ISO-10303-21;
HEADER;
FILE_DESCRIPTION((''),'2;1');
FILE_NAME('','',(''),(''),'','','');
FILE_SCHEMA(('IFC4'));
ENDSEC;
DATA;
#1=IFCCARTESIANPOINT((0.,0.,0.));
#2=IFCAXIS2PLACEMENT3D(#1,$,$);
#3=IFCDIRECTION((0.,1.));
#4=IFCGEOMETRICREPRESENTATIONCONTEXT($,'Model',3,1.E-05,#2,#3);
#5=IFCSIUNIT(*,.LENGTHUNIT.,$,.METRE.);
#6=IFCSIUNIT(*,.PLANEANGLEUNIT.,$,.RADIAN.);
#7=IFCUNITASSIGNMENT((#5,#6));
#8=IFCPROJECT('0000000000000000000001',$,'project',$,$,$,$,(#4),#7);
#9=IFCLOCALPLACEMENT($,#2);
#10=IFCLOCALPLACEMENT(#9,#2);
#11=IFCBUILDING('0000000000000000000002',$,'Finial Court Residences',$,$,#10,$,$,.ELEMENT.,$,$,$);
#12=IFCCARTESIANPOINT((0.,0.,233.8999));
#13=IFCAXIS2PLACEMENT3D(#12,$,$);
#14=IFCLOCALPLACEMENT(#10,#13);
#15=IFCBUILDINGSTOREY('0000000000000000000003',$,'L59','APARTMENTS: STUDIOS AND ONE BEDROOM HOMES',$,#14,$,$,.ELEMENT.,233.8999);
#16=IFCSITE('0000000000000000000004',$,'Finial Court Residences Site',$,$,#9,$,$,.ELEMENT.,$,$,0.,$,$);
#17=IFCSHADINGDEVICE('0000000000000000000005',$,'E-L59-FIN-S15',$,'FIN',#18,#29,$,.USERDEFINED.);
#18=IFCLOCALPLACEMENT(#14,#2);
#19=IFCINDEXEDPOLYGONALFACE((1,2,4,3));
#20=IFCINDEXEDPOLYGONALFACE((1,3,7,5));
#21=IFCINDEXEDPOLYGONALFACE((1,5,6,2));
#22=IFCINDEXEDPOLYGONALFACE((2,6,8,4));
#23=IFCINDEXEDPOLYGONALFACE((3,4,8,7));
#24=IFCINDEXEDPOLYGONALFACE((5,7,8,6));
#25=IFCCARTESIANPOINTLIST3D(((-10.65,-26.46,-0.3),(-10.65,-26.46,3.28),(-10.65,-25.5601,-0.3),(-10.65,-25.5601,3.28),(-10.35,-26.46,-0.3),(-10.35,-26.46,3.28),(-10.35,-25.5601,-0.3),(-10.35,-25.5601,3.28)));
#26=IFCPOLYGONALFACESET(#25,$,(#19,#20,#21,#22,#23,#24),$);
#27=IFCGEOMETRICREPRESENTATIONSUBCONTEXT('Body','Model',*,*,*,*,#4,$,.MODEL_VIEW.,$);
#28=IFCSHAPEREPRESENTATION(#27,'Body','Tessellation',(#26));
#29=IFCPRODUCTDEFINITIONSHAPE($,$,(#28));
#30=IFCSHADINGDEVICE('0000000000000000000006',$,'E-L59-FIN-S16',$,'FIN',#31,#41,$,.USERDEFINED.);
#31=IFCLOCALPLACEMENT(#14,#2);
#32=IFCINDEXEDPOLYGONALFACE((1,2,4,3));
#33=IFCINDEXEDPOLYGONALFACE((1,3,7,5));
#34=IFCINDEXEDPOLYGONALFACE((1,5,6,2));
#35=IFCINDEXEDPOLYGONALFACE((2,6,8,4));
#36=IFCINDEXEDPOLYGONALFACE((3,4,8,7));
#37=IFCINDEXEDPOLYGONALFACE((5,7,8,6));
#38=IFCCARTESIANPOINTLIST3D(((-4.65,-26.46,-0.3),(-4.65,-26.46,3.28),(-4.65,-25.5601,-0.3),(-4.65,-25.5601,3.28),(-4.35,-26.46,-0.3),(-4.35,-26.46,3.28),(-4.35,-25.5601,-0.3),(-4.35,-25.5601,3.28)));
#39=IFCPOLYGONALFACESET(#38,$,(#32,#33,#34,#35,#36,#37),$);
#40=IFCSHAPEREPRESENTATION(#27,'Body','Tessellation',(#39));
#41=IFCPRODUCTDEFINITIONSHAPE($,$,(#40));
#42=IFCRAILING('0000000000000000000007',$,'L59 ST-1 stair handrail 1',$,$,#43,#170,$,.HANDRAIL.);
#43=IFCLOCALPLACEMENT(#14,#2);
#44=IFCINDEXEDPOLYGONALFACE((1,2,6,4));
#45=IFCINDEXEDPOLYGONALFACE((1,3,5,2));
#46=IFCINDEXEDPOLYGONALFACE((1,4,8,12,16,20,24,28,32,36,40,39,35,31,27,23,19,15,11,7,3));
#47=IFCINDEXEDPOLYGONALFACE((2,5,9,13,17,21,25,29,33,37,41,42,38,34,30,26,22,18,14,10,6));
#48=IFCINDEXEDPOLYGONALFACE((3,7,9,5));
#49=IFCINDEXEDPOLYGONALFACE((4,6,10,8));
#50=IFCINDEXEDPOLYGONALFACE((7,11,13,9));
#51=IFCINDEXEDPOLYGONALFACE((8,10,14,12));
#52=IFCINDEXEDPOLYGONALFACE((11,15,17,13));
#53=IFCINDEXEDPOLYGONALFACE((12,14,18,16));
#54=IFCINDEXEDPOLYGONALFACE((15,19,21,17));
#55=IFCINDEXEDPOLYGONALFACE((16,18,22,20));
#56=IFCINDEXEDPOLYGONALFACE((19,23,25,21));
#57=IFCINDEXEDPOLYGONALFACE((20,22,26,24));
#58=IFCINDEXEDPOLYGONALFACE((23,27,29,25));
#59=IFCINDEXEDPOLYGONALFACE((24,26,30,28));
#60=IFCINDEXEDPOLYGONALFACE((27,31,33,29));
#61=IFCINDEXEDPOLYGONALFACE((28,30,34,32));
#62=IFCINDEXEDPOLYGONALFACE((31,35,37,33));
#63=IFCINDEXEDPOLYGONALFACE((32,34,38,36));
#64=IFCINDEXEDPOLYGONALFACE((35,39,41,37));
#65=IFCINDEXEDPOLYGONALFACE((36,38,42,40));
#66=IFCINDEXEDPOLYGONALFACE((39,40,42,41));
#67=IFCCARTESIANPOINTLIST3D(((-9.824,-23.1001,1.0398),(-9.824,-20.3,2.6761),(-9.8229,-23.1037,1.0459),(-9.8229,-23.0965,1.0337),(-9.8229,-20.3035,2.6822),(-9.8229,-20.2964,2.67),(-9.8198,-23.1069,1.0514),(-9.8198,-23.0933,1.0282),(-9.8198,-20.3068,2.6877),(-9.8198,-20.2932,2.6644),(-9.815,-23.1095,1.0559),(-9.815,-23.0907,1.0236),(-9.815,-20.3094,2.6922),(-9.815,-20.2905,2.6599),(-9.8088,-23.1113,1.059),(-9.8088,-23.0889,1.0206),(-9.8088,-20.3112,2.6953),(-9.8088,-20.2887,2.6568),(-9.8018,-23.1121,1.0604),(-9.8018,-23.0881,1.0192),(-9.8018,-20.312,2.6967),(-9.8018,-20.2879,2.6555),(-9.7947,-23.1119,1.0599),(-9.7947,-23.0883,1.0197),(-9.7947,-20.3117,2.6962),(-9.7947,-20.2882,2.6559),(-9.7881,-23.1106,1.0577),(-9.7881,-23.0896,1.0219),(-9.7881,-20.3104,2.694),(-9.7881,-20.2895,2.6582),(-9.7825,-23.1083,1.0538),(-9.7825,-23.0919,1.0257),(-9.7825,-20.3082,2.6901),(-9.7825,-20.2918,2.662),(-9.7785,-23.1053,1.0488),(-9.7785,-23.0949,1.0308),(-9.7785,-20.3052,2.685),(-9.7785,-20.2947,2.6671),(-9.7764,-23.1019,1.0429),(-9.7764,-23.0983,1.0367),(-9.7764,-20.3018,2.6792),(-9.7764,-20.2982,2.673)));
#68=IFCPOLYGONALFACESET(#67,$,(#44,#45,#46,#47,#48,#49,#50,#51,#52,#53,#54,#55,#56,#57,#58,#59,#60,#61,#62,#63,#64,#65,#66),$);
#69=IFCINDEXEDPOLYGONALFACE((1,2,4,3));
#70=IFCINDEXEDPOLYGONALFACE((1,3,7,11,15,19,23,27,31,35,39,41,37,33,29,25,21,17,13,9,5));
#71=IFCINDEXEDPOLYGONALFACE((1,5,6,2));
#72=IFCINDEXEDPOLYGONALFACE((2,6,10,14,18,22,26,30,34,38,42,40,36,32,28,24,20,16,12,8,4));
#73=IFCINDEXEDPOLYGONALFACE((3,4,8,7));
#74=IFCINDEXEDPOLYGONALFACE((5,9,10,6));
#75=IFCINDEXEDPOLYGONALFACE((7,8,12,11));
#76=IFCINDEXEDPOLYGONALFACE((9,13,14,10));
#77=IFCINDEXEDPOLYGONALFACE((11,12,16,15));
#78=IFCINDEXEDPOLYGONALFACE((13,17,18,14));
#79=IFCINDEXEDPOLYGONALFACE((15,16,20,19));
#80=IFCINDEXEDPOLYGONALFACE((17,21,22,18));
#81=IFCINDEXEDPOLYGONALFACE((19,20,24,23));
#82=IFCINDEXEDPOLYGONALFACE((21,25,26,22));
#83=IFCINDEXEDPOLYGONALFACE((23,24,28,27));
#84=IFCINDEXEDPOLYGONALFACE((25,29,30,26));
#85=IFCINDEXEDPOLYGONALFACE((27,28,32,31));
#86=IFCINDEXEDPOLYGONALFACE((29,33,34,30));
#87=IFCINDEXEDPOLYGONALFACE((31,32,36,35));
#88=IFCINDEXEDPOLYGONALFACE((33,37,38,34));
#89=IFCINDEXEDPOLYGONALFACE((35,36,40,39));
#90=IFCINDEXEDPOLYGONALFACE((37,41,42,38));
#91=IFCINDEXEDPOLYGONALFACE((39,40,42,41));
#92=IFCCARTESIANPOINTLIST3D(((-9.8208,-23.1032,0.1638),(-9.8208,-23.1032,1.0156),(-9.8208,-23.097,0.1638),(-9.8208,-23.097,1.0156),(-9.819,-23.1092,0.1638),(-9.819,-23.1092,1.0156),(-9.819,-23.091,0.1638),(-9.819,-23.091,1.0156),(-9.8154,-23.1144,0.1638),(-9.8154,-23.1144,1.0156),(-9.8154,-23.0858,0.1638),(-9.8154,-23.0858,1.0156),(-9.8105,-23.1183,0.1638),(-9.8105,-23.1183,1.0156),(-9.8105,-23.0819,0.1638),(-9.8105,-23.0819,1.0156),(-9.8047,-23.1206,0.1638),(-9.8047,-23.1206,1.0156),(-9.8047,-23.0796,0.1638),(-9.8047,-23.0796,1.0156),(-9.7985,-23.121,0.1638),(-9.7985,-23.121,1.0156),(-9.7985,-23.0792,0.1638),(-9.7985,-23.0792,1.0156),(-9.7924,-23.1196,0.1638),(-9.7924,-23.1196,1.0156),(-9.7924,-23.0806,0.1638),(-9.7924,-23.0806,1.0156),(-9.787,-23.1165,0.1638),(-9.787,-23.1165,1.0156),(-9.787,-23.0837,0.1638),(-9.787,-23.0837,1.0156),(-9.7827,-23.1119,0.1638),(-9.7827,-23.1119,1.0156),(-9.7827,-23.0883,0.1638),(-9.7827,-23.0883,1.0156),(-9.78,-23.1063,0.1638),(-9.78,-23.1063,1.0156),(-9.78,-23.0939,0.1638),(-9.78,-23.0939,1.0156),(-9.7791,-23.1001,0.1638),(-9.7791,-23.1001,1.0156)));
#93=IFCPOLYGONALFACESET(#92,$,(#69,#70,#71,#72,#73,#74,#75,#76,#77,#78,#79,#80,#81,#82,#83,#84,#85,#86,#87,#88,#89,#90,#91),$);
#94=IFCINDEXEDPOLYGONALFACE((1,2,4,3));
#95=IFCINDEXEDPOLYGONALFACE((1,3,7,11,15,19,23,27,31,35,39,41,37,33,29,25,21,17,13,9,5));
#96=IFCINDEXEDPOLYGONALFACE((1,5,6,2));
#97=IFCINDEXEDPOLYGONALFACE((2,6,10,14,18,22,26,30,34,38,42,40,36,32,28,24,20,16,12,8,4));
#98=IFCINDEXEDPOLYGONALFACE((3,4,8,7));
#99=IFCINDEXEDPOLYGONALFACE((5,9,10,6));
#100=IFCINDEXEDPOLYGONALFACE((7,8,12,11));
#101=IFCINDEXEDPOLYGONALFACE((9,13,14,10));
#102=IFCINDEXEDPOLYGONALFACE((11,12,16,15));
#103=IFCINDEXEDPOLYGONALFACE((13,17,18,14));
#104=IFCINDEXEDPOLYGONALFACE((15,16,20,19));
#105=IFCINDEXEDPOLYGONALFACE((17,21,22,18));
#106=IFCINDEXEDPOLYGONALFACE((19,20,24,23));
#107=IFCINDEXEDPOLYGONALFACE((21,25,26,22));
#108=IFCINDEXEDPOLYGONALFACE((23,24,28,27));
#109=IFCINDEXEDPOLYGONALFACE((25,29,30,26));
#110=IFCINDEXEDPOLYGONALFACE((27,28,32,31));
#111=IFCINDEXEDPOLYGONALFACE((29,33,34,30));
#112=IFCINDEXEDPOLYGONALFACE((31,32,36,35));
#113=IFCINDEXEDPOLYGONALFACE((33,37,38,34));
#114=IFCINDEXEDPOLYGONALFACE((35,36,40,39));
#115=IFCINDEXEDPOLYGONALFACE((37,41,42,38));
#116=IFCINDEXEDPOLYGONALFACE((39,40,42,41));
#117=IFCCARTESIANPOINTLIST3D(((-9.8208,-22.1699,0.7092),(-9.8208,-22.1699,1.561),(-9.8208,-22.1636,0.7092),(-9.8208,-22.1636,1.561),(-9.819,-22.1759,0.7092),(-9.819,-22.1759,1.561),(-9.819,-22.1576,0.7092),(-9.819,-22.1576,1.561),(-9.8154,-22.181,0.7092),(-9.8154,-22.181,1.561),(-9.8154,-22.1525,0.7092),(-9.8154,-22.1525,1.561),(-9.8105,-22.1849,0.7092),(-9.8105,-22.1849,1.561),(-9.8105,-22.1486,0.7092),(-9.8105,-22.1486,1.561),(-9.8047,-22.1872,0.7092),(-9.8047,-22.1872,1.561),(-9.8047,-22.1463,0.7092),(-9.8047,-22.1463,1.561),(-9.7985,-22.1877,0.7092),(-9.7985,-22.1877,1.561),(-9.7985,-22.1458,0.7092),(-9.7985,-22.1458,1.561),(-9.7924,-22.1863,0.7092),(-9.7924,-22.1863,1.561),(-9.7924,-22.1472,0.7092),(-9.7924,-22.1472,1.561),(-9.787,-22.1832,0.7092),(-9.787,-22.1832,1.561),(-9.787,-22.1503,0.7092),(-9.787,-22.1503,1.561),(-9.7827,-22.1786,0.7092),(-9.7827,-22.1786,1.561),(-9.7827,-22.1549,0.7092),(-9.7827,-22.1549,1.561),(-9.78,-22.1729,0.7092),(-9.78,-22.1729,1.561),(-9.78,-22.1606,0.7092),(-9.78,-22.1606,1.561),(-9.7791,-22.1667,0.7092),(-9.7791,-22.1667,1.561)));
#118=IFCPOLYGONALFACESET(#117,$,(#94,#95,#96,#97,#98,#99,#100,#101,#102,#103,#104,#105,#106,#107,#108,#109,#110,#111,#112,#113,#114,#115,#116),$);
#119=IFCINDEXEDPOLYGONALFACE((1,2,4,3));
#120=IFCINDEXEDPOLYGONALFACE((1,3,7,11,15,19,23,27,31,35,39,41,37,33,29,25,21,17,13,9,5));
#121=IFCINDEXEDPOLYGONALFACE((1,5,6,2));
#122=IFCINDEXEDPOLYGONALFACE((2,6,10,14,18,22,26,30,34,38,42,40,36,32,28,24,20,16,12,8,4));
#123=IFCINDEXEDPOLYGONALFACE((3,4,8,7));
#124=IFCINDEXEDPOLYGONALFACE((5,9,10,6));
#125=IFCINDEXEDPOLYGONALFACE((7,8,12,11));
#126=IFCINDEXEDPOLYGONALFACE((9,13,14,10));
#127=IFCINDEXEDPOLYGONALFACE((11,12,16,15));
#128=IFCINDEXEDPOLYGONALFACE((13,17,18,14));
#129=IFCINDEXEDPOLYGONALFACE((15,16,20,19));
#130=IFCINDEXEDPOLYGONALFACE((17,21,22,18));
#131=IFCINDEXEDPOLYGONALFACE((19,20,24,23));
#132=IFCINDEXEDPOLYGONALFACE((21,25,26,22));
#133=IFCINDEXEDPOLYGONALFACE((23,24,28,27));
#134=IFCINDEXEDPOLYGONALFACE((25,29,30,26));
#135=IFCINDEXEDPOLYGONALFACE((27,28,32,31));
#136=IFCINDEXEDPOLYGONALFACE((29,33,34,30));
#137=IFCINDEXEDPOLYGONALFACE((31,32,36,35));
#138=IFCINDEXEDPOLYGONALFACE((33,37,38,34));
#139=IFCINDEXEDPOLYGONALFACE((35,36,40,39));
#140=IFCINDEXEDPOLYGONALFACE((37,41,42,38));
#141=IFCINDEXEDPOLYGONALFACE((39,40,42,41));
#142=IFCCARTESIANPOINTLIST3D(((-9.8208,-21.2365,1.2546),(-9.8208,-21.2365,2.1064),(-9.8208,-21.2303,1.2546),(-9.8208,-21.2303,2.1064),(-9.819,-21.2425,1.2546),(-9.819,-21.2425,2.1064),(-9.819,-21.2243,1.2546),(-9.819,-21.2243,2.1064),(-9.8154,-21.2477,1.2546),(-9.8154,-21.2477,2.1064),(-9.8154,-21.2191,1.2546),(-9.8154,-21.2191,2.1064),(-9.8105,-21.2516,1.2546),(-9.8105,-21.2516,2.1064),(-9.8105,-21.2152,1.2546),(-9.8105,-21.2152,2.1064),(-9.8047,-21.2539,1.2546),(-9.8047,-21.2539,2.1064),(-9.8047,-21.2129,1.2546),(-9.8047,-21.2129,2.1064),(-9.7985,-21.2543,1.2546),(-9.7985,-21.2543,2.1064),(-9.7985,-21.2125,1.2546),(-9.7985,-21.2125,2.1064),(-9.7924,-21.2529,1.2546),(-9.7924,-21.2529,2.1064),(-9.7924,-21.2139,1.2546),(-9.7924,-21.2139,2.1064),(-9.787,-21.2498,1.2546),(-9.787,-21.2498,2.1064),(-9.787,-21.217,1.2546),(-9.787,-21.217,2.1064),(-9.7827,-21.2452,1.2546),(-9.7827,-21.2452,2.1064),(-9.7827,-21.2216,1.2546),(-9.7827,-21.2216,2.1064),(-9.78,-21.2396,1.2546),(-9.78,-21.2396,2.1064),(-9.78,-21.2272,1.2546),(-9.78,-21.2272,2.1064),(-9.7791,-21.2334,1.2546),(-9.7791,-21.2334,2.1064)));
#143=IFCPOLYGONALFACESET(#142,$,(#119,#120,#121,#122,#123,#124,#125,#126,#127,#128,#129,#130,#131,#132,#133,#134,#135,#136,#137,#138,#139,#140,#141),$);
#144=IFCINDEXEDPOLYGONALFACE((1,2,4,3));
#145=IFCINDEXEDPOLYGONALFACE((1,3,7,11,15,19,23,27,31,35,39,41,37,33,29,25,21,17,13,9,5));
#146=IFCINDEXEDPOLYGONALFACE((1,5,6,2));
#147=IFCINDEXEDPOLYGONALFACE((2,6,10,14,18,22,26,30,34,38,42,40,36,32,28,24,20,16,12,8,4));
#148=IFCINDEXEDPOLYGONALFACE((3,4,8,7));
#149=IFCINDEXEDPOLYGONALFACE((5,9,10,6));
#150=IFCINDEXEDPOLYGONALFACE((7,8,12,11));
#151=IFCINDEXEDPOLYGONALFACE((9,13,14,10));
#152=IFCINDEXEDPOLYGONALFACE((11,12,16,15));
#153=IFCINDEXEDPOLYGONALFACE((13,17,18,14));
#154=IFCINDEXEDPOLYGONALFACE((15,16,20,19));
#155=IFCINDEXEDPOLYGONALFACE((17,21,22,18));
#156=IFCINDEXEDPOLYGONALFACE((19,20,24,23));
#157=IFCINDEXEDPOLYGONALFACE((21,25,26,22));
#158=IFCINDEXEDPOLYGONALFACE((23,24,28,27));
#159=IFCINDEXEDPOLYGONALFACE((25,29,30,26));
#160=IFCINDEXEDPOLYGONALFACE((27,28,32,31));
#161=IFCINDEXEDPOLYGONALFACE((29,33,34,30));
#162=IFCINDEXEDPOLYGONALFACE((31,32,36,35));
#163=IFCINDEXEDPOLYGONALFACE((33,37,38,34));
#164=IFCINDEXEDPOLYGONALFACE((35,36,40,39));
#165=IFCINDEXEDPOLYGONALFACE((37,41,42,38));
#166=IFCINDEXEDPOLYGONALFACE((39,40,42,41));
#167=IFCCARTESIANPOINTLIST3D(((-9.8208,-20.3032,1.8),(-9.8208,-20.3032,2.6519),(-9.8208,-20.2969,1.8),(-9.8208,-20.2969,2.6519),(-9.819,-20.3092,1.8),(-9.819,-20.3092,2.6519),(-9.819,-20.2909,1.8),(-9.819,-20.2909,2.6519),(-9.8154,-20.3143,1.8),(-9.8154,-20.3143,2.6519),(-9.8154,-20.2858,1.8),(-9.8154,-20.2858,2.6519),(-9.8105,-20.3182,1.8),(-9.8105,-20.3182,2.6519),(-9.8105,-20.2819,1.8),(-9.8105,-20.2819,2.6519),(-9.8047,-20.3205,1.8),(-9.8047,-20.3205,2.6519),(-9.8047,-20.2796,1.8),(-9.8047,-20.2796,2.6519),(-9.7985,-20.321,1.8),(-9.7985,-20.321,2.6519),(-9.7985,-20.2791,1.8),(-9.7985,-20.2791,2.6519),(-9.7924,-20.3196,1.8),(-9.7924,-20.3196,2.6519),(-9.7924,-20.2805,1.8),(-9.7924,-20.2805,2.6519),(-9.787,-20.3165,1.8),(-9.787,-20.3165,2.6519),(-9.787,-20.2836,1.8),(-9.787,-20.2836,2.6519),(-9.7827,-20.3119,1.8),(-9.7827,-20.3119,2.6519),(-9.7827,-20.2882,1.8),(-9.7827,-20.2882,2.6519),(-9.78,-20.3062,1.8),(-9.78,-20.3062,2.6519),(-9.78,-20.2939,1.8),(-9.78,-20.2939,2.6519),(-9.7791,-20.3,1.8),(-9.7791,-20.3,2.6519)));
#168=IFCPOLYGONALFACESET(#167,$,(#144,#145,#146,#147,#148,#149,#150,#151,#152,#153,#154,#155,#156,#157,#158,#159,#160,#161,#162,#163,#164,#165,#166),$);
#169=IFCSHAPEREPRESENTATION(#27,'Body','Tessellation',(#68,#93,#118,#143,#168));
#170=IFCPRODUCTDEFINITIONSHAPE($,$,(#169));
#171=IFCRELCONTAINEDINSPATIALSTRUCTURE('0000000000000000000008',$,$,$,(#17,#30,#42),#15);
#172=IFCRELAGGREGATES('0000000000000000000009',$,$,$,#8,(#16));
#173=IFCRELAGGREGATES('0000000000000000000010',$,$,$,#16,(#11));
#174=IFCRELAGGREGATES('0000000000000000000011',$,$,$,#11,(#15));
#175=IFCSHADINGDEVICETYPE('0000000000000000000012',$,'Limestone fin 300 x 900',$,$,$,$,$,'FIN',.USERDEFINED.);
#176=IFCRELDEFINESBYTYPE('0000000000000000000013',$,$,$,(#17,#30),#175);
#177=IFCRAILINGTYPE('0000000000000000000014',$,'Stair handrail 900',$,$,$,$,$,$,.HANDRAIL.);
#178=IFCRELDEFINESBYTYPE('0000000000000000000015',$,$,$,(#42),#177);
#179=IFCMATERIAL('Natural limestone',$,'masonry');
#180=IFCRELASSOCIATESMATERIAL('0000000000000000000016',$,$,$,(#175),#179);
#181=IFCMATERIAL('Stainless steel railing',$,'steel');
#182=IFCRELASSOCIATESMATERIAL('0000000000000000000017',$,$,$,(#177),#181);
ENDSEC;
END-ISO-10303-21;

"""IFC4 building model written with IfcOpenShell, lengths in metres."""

from ifc_helpers import new_model, si_unit, direction, frame, origin, origin_2d, place, context, subcontext, project, spatial, rectangle, circle, extrude, material, type_object, element, save


model = new_model("IFC4")

# Units and contexts
model_context = context("Model", 3, precision=1e-05, world=origin(), true_north=direction((0.0, 1.0)))
body_context = subcontext(model_context, "Body", "Model", "MODEL_VIEW")
ifc_project = project(units=[si_unit("LENGTHUNIT", "METRE"), si_unit("PLANEANGLEUNIT", "RADIAN")], contexts=[model_context])

# Site, building, storey
site_placement = place(None, origin())
site = spatial("IfcSite", under=ifc_project, at=site_placement, Name="Finial Court Residences Site", CompositionType="ELEMENT", RefElevation=0.0)
building_placement = place(site_placement, origin())
building = spatial("IfcBuilding", under=site, at=building_placement, Name="Finial Court Residences", CompositionType="ELEMENT")
storey_placement = place(building_placement, frame((0.0, 0.0, 233.8999)))
storey = spatial("IfcBuildingStorey", under=building, at=storey_placement, Name="L59", Description="APARTMENTS: STUDIOS AND ONE BEDROOM HOMES", CompositionType="ELEMENT", Elevation=233.8999)

# Shading devices
ifc_material_1 = material(Name="Natural limestone", Category="masonry")
shading_device_type = type_object("IfcShadingDeviceType", Name="Limestone fin 300 x 900", ElementType="FIN", PredefinedType="USERDEFINED", material=ifc_material_1)
for number, where, z_axis, x_axis, name in (
    (1, (-10.5, -26.01, -0.3), (0.0, 0.0, 1.0), (1.0, 0.0, 0.0), "E-L59-FIN-S15"),
    (2, (-4.5, -26.01, -0.3), (0.0, 0.0, 1.0), (1.0, 0.0, 0.0), "E-L59-FIN-S16"),
):
    element("IfcShadingDevice", number, at=place(storey_placement, frame(where, z_axis=z_axis, x_axis=x_axis)), inside=storey, type_object=shading_device_type, Name=name, ObjectType="FIN", PredefinedType="USERDEFINED", context=body_context, shape_type="SweptSolid", body=[
        extrude(rectangle(XDim=0.3, YDim=0.8999, at=origin_2d()), origin(), (0.0, 0.0, 1.0), 3.5801),
    ])

# Railing
ifc_material_2 = material(Name="Stainless steel railing", Category="steel")
railing_type_1 = type_object("IfcRailingType", Name="Stair handrail 900", PredefinedType="HANDRAIL", material=ifc_material_2)
railing_1_placement = place(storey_placement, frame((-9.8, -23.1001, 0.1638)))
element("IfcRailing", 3, at=railing_1_placement, inside=storey, type_object=railing_type_1, Name="L59 ST-1 stair handrail 1", PredefinedType="HANDRAIL", context=body_context, shape_type="SweptSolid", body=[
    extrude(circle(Radius=0.0239, at=origin_2d()), frame((0.0, 0.0, 0.876), z_axis=(0.0, 0.863394, 0.504531), x_axis=(-1.0, 0.0, 0.0)), (0.0, 0.0, 1.0), 3.2432),
    extrude(circle(Radius=0.021, at=origin_2d()), origin(), (0.0, 0.0, 1.0), 0.8518),
    extrude(circle(Radius=0.021, at=origin_2d()), frame((0.0, 0.9333, 0.5454)), (0.0, 0.0, 1.0), 0.8518),
    extrude(circle(Radius=0.021, at=origin_2d()), frame((0.0, 1.8667, 1.0908)), (0.0, 0.0, 1.0), 0.8518),
    extrude(circle(Radius=0.021, at=origin_2d()), frame((0.0, 2.8, 1.6362)), (0.0, 0.0, 1.0), 0.8518),
])

save(model, "model.ifc")
